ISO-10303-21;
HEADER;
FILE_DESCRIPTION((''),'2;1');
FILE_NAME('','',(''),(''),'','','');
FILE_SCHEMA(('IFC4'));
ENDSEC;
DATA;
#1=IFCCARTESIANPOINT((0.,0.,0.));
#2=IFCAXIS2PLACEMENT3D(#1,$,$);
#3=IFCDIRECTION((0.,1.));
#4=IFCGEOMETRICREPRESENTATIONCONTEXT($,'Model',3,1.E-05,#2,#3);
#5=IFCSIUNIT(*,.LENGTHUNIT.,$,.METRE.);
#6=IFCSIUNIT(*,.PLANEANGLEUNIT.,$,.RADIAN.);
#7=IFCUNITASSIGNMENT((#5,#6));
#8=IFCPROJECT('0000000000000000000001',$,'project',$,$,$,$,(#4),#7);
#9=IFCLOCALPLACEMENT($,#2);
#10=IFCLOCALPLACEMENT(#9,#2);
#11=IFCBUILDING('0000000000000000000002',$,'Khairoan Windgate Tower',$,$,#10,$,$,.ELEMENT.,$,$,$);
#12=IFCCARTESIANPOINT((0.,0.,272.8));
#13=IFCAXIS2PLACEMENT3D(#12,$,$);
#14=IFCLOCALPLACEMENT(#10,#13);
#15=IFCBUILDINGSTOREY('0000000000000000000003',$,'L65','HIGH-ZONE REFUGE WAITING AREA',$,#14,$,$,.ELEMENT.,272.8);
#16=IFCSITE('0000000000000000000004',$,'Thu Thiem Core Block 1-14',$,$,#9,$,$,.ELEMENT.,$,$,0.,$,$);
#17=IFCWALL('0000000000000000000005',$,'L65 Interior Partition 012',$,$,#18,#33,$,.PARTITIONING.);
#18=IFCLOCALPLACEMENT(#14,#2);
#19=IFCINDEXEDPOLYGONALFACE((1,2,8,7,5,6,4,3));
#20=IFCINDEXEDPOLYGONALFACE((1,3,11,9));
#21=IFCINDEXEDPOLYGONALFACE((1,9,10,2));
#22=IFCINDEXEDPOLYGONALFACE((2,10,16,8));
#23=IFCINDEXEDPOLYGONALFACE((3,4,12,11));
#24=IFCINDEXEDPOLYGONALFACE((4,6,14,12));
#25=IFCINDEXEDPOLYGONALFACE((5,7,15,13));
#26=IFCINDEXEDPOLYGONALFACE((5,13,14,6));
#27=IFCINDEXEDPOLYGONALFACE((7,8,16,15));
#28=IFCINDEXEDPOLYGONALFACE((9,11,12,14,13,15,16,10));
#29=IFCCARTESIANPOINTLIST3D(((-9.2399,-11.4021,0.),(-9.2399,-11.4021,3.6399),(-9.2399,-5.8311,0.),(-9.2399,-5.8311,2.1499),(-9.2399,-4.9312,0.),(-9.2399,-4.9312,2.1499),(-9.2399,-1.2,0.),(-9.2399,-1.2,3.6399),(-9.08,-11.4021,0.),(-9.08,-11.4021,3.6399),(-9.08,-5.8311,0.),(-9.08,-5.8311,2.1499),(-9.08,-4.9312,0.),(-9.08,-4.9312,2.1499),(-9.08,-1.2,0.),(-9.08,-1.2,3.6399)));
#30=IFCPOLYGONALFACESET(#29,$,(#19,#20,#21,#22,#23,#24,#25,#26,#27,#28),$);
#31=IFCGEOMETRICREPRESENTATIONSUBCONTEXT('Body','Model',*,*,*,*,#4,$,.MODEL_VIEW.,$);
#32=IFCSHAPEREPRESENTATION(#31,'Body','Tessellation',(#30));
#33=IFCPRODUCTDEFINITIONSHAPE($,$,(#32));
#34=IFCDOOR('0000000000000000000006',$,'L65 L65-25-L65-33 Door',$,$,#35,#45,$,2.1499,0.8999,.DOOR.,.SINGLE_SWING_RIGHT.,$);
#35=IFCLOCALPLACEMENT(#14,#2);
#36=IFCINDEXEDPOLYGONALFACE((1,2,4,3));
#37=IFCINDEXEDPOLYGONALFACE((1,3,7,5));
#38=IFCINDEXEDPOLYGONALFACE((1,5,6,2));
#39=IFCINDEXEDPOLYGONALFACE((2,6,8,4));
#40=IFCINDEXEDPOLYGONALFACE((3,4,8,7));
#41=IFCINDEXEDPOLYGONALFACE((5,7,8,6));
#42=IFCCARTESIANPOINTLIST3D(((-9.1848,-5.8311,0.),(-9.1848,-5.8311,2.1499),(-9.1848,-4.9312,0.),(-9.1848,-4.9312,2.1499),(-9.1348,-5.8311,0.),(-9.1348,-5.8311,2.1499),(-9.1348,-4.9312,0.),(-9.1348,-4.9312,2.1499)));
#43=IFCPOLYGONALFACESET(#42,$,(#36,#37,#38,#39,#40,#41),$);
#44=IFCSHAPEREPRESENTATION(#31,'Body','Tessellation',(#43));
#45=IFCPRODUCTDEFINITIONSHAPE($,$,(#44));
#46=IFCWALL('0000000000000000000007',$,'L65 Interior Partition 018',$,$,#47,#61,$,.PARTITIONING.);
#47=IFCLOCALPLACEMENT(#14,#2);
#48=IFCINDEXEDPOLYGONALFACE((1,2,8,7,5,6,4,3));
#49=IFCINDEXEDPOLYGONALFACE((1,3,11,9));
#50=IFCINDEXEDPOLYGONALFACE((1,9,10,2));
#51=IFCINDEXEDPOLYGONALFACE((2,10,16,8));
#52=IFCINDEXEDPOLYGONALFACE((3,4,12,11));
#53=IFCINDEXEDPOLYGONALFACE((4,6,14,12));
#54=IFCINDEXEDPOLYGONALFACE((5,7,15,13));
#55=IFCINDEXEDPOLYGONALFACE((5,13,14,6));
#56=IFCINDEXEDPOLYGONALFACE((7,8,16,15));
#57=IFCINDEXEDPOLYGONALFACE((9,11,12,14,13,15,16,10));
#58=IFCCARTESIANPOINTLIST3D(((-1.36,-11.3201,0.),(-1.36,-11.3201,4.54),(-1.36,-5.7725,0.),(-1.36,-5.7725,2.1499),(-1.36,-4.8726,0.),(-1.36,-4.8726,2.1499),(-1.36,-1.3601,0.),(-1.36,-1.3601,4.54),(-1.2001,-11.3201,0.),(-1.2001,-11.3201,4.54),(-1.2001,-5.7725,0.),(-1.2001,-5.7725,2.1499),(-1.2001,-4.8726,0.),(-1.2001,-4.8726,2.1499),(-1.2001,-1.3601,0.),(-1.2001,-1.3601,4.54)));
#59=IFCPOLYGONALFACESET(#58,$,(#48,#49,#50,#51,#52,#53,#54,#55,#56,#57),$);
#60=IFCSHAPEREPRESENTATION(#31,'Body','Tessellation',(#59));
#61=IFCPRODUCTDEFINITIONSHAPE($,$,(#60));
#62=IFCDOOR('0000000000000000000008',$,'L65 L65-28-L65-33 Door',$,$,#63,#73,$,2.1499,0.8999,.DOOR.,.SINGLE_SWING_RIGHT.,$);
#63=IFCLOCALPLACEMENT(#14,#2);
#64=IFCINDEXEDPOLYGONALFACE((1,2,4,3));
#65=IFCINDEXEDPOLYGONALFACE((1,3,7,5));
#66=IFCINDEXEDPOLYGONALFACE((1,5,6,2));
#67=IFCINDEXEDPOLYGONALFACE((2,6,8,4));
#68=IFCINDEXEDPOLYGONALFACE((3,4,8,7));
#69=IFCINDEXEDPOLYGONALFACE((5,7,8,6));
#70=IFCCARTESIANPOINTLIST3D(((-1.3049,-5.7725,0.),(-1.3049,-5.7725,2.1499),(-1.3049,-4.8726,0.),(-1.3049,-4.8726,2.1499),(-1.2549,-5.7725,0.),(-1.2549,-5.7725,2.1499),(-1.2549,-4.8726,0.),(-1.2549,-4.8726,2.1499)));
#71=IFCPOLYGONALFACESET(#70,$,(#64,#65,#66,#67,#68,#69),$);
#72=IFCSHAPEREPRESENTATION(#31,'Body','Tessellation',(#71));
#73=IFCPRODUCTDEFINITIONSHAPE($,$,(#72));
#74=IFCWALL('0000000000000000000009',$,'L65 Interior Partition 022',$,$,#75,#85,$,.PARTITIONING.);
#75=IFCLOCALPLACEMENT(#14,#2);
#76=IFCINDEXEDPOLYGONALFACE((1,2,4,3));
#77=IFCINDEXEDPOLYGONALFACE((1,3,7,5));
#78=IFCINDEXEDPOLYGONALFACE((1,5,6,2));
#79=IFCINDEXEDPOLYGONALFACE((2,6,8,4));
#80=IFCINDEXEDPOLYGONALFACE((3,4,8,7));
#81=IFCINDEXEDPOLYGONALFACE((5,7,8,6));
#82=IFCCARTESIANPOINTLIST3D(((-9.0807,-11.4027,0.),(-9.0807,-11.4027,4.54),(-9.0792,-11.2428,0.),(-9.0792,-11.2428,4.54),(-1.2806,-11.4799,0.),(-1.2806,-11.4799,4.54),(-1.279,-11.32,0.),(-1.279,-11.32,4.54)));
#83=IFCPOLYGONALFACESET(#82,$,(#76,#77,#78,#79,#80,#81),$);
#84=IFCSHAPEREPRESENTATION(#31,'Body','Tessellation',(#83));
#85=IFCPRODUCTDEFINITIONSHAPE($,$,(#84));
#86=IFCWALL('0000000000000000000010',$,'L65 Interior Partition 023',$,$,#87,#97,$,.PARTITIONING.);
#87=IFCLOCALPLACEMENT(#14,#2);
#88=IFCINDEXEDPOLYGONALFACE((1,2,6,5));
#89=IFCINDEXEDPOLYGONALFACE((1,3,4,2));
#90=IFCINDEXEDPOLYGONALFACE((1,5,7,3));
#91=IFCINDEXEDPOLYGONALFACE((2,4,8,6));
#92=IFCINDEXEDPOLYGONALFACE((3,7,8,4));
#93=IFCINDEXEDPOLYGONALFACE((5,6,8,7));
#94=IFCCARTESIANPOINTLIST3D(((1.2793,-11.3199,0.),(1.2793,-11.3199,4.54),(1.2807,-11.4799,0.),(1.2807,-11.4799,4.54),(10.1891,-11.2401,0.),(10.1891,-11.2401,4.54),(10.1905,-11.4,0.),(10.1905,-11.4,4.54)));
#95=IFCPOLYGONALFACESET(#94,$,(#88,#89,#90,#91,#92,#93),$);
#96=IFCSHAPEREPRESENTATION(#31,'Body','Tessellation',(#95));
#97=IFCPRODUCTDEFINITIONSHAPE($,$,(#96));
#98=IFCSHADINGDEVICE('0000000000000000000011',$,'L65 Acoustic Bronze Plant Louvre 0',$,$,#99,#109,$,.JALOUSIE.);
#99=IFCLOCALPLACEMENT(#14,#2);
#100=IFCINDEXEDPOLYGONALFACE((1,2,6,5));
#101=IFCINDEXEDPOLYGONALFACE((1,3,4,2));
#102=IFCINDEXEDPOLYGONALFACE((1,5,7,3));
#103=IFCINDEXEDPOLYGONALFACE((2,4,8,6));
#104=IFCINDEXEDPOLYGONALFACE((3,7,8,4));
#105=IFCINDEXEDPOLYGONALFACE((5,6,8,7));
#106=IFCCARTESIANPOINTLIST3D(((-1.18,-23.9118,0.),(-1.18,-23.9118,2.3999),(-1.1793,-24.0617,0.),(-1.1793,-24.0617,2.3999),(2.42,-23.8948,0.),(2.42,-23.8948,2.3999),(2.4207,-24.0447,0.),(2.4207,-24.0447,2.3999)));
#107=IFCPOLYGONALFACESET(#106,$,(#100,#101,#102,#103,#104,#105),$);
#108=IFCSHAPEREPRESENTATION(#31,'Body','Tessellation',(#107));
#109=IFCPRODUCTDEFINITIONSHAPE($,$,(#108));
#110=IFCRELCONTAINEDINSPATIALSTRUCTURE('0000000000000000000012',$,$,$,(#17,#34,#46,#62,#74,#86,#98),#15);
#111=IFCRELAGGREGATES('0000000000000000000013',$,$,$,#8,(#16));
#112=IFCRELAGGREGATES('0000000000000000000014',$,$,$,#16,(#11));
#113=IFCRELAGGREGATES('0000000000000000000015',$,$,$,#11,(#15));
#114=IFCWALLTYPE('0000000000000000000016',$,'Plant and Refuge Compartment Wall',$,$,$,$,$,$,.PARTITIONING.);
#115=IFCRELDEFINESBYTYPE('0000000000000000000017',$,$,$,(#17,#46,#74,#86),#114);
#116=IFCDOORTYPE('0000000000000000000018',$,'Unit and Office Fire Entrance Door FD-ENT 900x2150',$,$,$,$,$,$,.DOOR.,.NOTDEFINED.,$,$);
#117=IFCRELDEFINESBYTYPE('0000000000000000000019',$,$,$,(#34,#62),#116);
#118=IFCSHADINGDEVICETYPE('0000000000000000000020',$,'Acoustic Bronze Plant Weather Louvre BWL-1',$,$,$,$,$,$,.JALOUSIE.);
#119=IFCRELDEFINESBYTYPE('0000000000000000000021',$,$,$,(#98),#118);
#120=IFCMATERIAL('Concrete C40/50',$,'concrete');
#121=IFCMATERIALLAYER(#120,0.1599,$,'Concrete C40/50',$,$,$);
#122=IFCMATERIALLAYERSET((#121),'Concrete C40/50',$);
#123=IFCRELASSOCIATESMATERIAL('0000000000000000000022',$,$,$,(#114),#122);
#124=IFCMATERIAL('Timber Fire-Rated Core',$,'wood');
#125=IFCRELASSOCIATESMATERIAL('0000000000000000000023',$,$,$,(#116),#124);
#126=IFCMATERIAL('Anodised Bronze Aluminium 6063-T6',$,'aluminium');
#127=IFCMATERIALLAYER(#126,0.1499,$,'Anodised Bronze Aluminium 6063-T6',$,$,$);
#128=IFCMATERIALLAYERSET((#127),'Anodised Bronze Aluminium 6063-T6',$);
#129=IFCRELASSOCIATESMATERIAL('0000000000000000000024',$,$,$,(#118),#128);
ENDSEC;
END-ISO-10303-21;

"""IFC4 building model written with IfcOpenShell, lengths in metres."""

from ifc_helpers import new_model, si_unit, direction, frame, frame_2d, origin, origin_2d, place, context, subcontext, project, spatial, rectangle, extrude, material, layer, layer_set, type_object, element, fill, save


model = new_model("IFC4")

# Units and contexts
model_context = context("Model", 3, precision=1e-05, world=origin(), true_north=direction((0.0, 1.0)))
body_context = subcontext(model_context, "Body", "Model", "MODEL_VIEW")
ifc_project = project(units=[si_unit("LENGTHUNIT", "METRE"), si_unit("PLANEANGLEUNIT", "RADIAN")], contexts=[model_context])

# Site, building, storey
site_placement = place(None, origin())
site = spatial("IfcSite", under=ifc_project, at=site_placement, Name="Thu Thiem Core Block 1-14", CompositionType="ELEMENT", RefElevation=0.0)
building_placement = place(site_placement, origin())
building = spatial("IfcBuilding", under=site, at=building_placement, Name="Khairoan Windgate Tower", CompositionType="ELEMENT")
storey_placement = place(building_placement, frame((0.0, 0.0, 272.8)))
storey = spatial("IfcBuildingStorey", under=building, at=storey_placement, Name="L65", Description="HIGH-ZONE REFUGE WAITING AREA", CompositionType="ELEMENT", Elevation=272.8)

# Walls, openings, doors
ifc_material_1 = material(Name="Concrete C40/50", Category="concrete")
ifc_layer_1 = layer(ifc_material_1, 0.1599, Name="Concrete C40/50")
ifc_layer_set_1 = layer_set([ifc_layer_1], Name="Concrete C40/50")
wall_type = type_object("IfcWallType", Name="Plant and Refuge Compartment Wall", PredefinedType="PARTITIONING", material=ifc_layer_set_1)
wall_1_placement = place(storey_placement, frame((-9.1599, -11.4021, 0.0), z_axis=(0.0, 0.0, 1.0), x_axis=(0.0, 1.0, 0.0)))
wall_1 = element("IfcWall", 1, at=wall_1_placement, inside=storey, type_object=wall_type, Name="L65 Interior Partition 012", PredefinedType="PARTITIONING", context=body_context, shape_type="SweptSolid", body=[
    extrude(rectangle(XDim=10.2021, YDim=0.1599, at=frame_2d((5.1011, 0.0))), origin(), (0.0, 0.0, 1.0), 3.6399),
])
opening_1_placement = place(wall_1_placement, frame((5.571, 0.0, 0.0)))
opening_1 = element("IfcOpeningElement", 2, at=opening_1_placement, cuts=wall_1, PredefinedType="OPENING", context=body_context, shape_type="SweptSolid", body=[
    extrude(rectangle(XDim=0.8999, YDim=2.1499, at=frame_2d((0.45, 1.075))), frame((0.0, 0.0898, 0.0), z_axis=(0.0, -1.0, 0.0), x_axis=(1.0, 0.0, 0.0)), (0.0, 0.0, 1.0), 0.1799),
])
ifc_material_2 = material(Name="Timber Fire-Rated Core", Category="wood")
door_type = type_object("IfcDoorType", Name="Unit and Office Fire Entrance Door FD-ENT 900x2150", OperationType="NOTDEFINED", PredefinedType="DOOR", material=ifc_material_2)
door_1_placement = place(opening_1_placement, origin())
door_1 = element("IfcDoor", 3, at=door_1_placement, inside=storey, type_object=door_type, Name="L65 L65-25-L65-33 Door", OperationType="SINGLE_SWING_RIGHT", OverallHeight=2.1499, OverallWidth=0.8999, PredefinedType="DOOR", context=body_context, shape_type="SweptSolid", body=[
    extrude(rectangle(XDim=0.8999, YDim=2.1499, at=frame_2d((0.45, 1.075))), frame((0.0, 0.0249, 0.0), z_axis=(0.0, -1.0, 0.0), x_axis=(1.0, 0.0, 0.0)), (0.0, 0.0, 1.0), 0.05),
])
fill(opening_1, door_1)
wall_2_placement = place(storey_placement, frame((-1.28, -11.3201, 0.0), z_axis=(0.0, 0.0, 1.0), x_axis=(0.0, 1.0, 0.0)))
wall_2 = element("IfcWall", 4, at=wall_2_placement, inside=storey, type_object=wall_type, Name="L65 Interior Partition 018", PredefinedType="PARTITIONING", context=body_context, shape_type="SweptSolid", body=[
    extrude(rectangle(XDim=9.96, YDim=0.1599, at=frame_2d((4.98, 0.0))), origin(), (0.0, 0.0, 1.0), 4.54),
])
opening_2_placement = place(wall_2_placement, frame((5.5476, 0.0, 0.0)))
opening_2 = element("IfcOpeningElement", 5, at=opening_2_placement, cuts=wall_2, PredefinedType="OPENING", context=body_context, shape_type="SweptSolid", body=[
    extrude(rectangle(XDim=0.8999, YDim=2.1499, at=frame_2d((0.45, 1.075))), frame((0.0, 0.0898, 0.0), z_axis=(0.0, -1.0, 0.0), x_axis=(1.0, 0.0, 0.0)), (0.0, 0.0, 1.0), 0.1799),
])
door_2_placement = place(opening_2_placement, origin())
door_2 = element("IfcDoor", 6, at=door_2_placement, inside=storey, type_object=door_type, Name="L65 L65-28-L65-33 Door", OperationType="SINGLE_SWING_RIGHT", OverallHeight=2.1499, OverallWidth=0.8999, PredefinedType="DOOR", context=body_context, shape_type="SweptSolid", body=[
    extrude(rectangle(XDim=0.8999, YDim=2.1499, at=frame_2d((0.45, 1.075))), frame((0.0, 0.0249, 0.0), z_axis=(0.0, -1.0, 0.0), x_axis=(1.0, 0.0, 0.0)), (0.0, 0.0, 1.0), 0.05),
])
fill(opening_2, door_2)

# Walls
wall_3_placement = place(storey_placement, frame((-9.0801, -11.3228, 0.0), z_axis=(0.0, 0.0, 1.0), x_axis=(0.999951, -0.00989, 0.0)))
element("IfcWall", 7, at=wall_3_placement, inside=storey, type_object=wall_type, Name="L65 Interior Partition 022", PredefinedType="PARTITIONING", context=body_context, shape_type="SweptSolid", body=[
    extrude(rectangle(XDim=7.8005, YDim=0.1599, at=frame_2d((3.9004, 0.0))), origin(), (0.0, 0.0, 1.0), 4.54),
])
wall_4_placement = place(storey_placement, frame((1.28, -11.3999, 0.0), z_axis=(0.0, 0.0, 1.0), x_axis=(0.99996, 0.00896, 0.0)))
element("IfcWall", 8, at=wall_4_placement, inside=storey, type_object=wall_type, Name="L65 Interior Partition 023", PredefinedType="PARTITIONING", context=body_context, shape_type="SweptSolid", body=[
    extrude(rectangle(XDim=8.9102, YDim=0.1599, at=frame_2d((4.4551, 0.0))), origin(), (0.0, 0.0, 1.0), 4.54),
])

# Shading device
ifc_material_3 = material(Name="Anodised Bronze Aluminium 6063-T6", Category="aluminium")
ifc_layer_2 = layer(ifc_material_3, 0.1499, Name="Anodised Bronze Aluminium 6063-T6")
ifc_layer_set_2 = layer_set([ifc_layer_2], Name="Anodised Bronze Aluminium 6063-T6")
shading_device_type = type_object("IfcShadingDeviceType", Name="Acoustic Bronze Plant Weather Louvre BWL-1", PredefinedType="JALOUSIE", material=ifc_layer_set_2)
shading_device_placement = place(storey_placement, frame((0.6204, -23.9783, 0.0), z_axis=(0.0, 0.0, 1.0), x_axis=(-0.999989, -0.004712, 0.0)))
element("IfcShadingDevice", 9, at=shading_device_placement, inside=storey, type_object=shading_device_type, Name="L65 Acoustic Bronze Plant Louvre 0", PredefinedType="JALOUSIE", context=body_context, shape_type="SweptSolid", body=[
    extrude(rectangle(XDim=3.6001, YDim=0.1499, at=origin_2d()), origin(), (0.0, 0.0, 1.0), 2.3999),
])

save(model, "model.ifc")
